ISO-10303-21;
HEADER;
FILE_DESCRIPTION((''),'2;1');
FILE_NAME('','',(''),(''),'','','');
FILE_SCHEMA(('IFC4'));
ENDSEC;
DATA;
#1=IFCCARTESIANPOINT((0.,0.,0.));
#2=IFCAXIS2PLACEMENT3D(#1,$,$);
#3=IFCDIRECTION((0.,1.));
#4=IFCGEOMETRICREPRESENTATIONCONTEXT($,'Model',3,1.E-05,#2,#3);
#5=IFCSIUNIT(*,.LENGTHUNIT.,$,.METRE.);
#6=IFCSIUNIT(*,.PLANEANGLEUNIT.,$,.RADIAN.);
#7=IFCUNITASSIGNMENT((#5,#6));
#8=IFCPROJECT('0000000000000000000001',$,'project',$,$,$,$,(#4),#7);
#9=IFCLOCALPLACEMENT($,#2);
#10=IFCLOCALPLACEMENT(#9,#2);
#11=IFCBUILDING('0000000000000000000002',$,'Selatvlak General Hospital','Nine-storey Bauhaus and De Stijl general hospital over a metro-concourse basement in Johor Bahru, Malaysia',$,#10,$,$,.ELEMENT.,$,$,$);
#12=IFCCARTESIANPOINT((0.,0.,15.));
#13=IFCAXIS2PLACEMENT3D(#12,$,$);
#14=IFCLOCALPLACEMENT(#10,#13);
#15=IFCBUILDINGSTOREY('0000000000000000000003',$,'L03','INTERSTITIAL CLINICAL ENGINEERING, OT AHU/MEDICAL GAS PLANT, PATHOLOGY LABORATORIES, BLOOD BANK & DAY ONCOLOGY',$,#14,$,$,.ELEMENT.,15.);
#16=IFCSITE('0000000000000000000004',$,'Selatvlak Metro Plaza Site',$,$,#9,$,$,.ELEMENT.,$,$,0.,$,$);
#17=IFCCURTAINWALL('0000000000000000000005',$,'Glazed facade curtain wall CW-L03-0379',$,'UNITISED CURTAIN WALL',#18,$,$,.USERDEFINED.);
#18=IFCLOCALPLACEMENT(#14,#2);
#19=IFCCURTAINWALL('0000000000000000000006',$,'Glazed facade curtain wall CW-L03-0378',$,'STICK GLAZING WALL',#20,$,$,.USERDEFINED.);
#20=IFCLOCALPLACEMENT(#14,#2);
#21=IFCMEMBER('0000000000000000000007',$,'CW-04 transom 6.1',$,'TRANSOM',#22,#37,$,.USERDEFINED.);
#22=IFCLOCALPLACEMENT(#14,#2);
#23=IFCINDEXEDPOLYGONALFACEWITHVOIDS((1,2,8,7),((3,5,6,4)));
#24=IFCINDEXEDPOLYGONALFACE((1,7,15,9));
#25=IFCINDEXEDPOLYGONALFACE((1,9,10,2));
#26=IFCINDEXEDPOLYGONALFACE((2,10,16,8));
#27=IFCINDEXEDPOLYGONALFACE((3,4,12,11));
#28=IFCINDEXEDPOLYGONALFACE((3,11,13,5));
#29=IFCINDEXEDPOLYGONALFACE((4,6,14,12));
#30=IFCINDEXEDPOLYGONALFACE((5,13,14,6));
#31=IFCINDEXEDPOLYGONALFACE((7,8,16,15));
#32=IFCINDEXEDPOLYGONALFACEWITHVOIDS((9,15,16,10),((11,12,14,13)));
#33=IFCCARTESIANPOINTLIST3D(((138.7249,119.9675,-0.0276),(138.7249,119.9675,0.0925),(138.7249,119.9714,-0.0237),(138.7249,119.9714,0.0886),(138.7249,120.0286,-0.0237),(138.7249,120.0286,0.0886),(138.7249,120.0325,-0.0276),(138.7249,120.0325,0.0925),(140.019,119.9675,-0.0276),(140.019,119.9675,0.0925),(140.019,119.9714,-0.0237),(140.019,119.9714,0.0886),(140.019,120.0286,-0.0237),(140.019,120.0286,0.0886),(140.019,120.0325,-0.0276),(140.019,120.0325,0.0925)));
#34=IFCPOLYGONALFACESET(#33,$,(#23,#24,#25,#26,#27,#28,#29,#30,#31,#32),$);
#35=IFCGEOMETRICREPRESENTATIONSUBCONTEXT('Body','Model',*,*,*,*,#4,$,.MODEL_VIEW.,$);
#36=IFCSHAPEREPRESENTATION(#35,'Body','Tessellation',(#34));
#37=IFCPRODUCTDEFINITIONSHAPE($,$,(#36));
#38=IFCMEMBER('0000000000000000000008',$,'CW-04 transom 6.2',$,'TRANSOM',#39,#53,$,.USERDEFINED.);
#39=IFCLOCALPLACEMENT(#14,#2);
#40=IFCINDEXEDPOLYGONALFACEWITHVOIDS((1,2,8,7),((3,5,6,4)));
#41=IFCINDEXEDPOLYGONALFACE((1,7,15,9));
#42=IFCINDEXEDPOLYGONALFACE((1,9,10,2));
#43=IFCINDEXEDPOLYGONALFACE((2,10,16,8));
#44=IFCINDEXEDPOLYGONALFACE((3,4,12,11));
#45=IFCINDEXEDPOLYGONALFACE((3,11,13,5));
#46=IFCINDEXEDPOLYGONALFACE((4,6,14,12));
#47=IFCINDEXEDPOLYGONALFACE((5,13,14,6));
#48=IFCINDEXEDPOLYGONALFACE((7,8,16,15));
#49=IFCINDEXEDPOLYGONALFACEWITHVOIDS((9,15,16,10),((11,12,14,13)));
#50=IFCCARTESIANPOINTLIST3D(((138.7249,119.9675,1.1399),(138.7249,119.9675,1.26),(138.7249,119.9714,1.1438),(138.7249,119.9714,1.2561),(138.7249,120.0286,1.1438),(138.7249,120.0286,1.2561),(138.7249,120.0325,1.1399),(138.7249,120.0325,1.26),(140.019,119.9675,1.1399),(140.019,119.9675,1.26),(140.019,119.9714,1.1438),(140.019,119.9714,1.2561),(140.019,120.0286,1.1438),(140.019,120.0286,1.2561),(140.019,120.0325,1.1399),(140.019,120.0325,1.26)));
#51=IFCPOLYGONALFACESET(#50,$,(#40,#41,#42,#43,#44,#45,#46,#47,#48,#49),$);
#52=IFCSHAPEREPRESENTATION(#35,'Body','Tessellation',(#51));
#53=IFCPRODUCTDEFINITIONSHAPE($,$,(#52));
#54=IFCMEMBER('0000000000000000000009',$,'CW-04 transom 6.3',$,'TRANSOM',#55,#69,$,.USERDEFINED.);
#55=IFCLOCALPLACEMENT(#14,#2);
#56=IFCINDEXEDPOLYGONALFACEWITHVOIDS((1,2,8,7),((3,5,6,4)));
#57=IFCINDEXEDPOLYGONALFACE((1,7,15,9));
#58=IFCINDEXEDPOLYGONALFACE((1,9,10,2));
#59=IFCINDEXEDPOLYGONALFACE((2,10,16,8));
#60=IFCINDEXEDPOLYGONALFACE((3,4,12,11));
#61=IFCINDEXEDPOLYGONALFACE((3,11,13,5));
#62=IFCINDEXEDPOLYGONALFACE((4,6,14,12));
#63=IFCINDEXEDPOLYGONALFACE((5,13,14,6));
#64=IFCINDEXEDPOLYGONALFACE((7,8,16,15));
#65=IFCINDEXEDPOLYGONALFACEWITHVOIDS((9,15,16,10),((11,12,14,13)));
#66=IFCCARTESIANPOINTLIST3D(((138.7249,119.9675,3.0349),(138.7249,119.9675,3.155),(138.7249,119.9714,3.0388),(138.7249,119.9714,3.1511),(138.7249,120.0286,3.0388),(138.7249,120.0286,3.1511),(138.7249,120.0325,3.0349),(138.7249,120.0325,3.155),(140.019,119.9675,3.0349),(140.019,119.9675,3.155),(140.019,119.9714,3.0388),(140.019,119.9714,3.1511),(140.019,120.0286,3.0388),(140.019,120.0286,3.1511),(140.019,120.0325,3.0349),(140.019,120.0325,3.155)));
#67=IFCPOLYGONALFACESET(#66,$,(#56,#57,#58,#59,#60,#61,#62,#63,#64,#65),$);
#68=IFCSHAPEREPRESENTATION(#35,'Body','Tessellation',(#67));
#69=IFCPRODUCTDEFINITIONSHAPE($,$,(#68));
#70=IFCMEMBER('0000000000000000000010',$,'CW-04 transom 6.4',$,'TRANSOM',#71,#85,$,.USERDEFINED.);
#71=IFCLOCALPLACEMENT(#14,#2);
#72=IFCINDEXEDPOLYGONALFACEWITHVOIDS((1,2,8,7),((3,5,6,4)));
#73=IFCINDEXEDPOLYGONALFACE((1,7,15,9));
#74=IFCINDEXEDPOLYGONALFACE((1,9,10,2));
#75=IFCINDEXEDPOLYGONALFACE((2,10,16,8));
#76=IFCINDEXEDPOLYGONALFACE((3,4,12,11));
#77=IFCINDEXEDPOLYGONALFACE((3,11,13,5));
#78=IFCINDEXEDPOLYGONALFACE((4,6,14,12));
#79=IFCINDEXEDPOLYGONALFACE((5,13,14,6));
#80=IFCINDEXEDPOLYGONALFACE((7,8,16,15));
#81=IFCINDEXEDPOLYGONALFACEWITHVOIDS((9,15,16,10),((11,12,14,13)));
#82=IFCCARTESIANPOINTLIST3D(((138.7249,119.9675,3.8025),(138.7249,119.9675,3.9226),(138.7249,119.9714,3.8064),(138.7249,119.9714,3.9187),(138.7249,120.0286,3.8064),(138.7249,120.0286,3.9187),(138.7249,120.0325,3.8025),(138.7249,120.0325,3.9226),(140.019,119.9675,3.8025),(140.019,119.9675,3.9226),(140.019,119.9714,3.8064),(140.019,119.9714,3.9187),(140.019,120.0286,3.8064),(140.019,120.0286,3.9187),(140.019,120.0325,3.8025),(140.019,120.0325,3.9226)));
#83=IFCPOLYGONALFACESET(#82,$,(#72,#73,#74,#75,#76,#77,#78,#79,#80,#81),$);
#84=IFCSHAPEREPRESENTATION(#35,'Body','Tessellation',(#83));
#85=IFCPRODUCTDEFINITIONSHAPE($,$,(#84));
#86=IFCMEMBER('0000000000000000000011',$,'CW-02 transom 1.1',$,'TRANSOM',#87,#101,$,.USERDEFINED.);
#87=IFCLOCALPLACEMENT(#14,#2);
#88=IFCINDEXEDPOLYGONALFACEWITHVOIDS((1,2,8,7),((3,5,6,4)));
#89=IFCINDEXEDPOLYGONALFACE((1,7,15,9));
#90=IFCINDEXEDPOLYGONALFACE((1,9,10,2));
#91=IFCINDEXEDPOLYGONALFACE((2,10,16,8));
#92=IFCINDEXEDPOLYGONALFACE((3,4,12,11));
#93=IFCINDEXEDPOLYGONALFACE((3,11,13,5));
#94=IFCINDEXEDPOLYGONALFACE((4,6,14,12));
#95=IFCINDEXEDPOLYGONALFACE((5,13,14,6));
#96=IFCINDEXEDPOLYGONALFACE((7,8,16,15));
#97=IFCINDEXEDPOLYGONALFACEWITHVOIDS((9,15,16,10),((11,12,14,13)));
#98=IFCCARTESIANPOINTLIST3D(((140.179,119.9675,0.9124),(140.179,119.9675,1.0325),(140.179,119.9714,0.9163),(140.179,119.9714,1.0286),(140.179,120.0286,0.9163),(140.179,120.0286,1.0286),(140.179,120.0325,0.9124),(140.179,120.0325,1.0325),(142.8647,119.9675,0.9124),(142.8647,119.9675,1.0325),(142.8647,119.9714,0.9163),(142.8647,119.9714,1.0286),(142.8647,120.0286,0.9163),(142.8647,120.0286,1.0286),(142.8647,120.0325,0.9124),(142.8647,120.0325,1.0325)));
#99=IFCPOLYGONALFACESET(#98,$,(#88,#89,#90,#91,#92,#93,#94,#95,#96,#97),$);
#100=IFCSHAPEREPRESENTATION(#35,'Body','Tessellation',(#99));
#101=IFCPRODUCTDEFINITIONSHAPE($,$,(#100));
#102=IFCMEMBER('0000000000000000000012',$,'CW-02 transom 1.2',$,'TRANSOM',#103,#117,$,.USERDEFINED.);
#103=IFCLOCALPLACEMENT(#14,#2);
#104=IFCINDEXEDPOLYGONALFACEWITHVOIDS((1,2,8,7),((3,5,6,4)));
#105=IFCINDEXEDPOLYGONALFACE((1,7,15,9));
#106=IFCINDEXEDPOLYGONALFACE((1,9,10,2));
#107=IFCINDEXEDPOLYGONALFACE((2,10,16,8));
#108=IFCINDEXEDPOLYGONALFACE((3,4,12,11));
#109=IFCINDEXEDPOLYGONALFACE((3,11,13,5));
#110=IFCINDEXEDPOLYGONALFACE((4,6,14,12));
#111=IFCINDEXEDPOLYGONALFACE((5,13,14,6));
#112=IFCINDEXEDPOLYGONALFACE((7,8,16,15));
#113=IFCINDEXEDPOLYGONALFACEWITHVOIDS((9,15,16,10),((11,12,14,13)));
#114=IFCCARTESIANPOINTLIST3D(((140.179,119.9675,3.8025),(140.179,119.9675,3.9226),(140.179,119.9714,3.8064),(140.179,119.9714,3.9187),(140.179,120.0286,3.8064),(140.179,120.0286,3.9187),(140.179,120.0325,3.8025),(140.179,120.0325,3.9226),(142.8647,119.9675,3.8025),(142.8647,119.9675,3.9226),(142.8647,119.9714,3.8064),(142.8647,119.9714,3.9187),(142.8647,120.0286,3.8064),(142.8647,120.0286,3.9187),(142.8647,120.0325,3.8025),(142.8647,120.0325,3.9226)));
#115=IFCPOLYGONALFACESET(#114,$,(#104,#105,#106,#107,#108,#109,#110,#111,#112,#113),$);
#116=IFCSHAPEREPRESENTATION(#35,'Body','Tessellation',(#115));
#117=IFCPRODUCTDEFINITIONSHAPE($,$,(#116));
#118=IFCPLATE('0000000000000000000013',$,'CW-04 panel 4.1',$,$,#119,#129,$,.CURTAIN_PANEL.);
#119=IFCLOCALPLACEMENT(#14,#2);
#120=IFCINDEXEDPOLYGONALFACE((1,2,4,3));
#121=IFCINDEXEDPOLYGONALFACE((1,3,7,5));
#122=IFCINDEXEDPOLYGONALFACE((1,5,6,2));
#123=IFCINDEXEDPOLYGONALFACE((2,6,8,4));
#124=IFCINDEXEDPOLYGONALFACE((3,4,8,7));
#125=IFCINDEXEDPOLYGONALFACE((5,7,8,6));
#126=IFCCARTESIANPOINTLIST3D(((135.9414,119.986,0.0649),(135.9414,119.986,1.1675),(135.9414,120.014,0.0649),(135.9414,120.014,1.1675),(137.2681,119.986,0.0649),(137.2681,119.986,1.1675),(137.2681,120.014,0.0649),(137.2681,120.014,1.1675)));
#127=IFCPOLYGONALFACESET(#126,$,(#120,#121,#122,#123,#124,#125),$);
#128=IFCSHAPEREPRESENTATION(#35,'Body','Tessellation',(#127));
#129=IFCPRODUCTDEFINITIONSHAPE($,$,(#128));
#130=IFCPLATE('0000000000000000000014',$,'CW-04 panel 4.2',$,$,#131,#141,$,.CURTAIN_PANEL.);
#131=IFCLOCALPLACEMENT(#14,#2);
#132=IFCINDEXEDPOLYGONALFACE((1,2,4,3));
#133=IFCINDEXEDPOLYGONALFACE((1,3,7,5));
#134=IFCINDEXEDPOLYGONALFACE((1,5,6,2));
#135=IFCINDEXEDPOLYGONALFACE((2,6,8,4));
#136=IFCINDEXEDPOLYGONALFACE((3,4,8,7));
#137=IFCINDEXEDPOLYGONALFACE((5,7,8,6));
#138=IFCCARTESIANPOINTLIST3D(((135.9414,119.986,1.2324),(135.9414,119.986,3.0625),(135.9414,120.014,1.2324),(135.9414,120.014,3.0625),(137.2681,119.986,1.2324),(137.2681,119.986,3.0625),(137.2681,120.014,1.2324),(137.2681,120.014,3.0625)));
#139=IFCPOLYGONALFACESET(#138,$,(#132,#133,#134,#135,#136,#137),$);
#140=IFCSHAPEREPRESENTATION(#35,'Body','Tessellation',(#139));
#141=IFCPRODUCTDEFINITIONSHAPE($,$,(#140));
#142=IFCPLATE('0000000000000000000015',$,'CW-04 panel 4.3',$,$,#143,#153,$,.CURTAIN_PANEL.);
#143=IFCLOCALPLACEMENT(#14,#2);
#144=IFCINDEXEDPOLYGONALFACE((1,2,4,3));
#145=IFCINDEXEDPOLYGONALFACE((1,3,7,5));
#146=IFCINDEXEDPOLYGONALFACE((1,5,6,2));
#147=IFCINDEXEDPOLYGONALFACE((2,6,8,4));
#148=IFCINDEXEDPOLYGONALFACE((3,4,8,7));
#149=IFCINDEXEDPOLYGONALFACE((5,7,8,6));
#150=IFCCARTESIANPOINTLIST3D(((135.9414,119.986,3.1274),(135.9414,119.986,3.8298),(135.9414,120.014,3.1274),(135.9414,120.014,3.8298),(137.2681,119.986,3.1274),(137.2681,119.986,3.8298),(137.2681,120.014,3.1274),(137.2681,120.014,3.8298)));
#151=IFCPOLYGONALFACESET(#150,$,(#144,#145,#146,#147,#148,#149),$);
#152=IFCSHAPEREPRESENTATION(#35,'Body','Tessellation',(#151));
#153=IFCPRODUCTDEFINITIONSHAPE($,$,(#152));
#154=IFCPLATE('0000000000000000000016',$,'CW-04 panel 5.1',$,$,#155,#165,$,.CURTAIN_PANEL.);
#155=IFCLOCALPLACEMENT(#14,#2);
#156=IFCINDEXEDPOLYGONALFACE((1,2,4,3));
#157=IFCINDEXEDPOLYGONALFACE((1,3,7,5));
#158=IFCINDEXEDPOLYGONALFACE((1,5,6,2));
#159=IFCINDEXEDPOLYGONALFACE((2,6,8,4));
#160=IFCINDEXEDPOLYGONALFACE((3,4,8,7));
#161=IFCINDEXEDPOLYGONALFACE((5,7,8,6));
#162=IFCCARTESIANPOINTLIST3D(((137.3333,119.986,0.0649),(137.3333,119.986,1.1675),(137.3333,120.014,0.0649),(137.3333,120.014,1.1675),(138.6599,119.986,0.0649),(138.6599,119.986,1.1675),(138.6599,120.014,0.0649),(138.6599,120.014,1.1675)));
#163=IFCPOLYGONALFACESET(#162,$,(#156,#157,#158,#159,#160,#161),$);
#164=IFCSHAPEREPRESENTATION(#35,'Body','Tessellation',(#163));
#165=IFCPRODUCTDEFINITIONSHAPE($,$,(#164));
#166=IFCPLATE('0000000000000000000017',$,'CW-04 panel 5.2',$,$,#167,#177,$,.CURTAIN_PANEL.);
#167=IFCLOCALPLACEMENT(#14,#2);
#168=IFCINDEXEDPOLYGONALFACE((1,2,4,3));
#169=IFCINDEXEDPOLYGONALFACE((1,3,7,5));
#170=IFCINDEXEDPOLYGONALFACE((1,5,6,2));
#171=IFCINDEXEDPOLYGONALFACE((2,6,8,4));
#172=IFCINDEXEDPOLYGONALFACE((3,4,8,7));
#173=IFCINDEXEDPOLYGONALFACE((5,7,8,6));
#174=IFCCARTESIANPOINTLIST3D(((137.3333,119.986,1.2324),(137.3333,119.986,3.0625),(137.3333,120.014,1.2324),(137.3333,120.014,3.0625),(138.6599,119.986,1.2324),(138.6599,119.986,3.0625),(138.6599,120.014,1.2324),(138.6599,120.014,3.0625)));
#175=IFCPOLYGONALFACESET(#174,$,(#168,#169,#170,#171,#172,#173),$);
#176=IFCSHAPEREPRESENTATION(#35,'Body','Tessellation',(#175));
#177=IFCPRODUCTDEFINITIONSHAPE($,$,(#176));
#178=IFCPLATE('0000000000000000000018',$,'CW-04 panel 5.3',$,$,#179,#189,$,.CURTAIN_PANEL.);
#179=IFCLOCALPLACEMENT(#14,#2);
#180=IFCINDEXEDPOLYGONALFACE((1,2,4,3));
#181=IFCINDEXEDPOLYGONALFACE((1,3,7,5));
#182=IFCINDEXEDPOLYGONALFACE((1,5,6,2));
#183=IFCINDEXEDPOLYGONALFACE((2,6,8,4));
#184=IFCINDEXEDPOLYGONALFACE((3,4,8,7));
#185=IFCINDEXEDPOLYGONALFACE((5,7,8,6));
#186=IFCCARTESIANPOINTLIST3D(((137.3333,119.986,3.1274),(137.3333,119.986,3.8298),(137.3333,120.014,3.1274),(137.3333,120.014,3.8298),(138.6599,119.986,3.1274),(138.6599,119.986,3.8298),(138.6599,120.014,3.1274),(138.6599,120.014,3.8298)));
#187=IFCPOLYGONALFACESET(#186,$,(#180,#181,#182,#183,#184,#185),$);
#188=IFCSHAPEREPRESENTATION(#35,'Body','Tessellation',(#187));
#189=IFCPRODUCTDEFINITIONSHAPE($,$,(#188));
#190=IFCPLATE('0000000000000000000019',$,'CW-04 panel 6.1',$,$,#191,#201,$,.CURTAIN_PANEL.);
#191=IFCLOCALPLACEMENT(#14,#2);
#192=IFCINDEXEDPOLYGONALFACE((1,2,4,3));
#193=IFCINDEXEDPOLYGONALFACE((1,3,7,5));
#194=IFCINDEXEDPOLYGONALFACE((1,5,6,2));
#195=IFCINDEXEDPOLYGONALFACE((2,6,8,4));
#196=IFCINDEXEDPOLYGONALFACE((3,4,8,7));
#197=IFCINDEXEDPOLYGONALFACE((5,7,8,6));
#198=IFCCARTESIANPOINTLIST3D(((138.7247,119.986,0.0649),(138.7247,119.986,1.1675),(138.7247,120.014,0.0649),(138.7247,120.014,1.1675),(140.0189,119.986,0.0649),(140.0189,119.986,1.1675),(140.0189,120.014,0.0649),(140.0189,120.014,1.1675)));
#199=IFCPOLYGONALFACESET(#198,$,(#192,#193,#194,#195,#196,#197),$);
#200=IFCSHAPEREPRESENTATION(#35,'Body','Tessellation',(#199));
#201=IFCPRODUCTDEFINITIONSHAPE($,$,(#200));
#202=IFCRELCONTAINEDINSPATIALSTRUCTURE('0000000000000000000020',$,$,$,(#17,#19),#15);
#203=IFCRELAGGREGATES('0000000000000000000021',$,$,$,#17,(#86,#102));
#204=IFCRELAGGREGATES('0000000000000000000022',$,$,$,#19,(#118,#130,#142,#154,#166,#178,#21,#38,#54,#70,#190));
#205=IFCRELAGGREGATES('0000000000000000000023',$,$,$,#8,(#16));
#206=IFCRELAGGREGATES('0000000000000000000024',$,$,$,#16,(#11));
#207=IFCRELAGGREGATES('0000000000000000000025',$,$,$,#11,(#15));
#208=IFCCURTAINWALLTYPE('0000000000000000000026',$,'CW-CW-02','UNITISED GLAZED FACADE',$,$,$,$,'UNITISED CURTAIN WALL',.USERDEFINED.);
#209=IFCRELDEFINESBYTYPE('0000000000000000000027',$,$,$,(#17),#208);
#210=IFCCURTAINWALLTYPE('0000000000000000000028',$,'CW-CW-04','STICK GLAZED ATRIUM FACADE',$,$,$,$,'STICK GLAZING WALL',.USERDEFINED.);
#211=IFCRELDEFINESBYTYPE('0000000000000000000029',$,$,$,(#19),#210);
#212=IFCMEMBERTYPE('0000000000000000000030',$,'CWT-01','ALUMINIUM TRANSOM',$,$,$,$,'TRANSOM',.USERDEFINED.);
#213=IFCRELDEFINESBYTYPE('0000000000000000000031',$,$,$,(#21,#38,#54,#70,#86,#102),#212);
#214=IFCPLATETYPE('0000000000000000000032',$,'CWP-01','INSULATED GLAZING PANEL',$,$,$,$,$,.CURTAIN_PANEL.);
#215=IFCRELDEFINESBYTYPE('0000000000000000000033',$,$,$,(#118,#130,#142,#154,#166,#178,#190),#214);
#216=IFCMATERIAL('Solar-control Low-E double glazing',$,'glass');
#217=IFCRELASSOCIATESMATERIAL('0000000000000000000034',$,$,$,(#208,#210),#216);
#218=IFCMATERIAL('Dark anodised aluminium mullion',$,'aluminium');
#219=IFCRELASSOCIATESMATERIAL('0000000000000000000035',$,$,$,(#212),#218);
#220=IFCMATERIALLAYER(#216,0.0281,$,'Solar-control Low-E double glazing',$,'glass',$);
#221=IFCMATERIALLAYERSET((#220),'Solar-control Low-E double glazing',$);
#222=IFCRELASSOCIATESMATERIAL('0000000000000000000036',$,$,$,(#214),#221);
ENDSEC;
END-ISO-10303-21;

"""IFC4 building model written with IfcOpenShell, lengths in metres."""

from ifc_helpers import new_model, si_unit, direction, frame, origin, origin_2d, place, context, subcontext, project, spatial, rectangle, hollow_rectangle, extrude, material, layer, layer_set, material_profile, profile_set, type_object, element, aggregate, save


model = new_model("IFC4")

# Units and contexts
model_context = context("Model", 3, precision=1e-05, world=origin(), true_north=direction((0.0, 1.0)))
body_context = subcontext(model_context, "Body", "Model", "MODEL_VIEW")
ifc_project = project(units=[si_unit("LENGTHUNIT", "METRE"), si_unit("PLANEANGLEUNIT", "RADIAN")], contexts=[model_context])

# Site, building, storey
site_placement = place(None, origin())
site = spatial("IfcSite", under=ifc_project, at=site_placement, Name="Selatvlak Metro Plaza Site", CompositionType="ELEMENT", RefElevation=0.0)
building_placement = place(site_placement, origin())
building = spatial("IfcBuilding", under=site, at=building_placement, Name="Selatvlak General Hospital", Description="Nine-storey Bauhaus and De Stijl general hospital over a metro-concourse basement in Johor Bahru, Malaysia", CompositionType="ELEMENT")
storey_placement = place(building_placement, frame((0.0, 0.0, 15.0)))
storey = spatial("IfcBuildingStorey", under=building, at=storey_placement, Name="L03", Description="INTERSTITIAL CLINICAL ENGINEERING, OT AHU/MEDICAL GAS PLANT, PATHOLOGY LABORATORIES, BLOOD BANK & DAY ONCOLOGY", CompositionType="ELEMENT", Elevation=15.0)

# Curtain wall
ifc_material_1 = material(Name="Solar-control Low-E double glazing", Category="glass")
curtain_wall_type_1 = type_object("IfcCurtainWallType", Name="CW-CW-02", Description="UNITISED GLAZED FACADE", ElementType="UNITISED CURTAIN WALL", PredefinedType="USERDEFINED", material=ifc_material_1)
curtain_wall_1_placement = place(storey_placement, origin())
curtain_wall_1 = element("IfcCurtainWall", 1, at=curtain_wall_1_placement, inside=storey, type_object=curtain_wall_type_1, Name="Glazed facade curtain wall CW-L03-0379", ObjectType="UNITISED CURTAIN WALL", PredefinedType="USERDEFINED")
ifc_material_2 = material(Name="Dark anodised aluminium mullion", Category="aluminium")

# Curtain wall, members
curtain_wall_type_2 = type_object("IfcCurtainWallType", Name="CW-CW-04", Description="STICK GLAZED ATRIUM FACADE", ElementType="STICK GLAZING WALL", PredefinedType="USERDEFINED", material=ifc_material_1)
curtain_wall_2_placement = place(storey_placement, origin())
curtain_wall_2 = element("IfcCurtainWall", 2, at=curtain_wall_2_placement, inside=storey, type_object=curtain_wall_type_2, Name="Glazed facade curtain wall CW-L03-0378", ObjectType="STICK GLAZING WALL", PredefinedType="USERDEFINED")
ifc_material_profile_1 = material_profile(ifc_material_2, hollow_rectangle(XDim=0.0649, YDim=0.1201, WallThickness=0.0039, at=origin_2d()), Name="AL-TRN 65x120x4")
ifc_profile_set_1 = profile_set([ifc_material_profile_1], Name="Dark anodised aluminium mullion")
member_type_1 = type_object("IfcMemberType", Name="CWT-01", Description="ALUMINIUM TRANSOM", ElementType="TRANSOM", PredefinedType="USERDEFINED", material=ifc_profile_set_1)
member_1_placement = place(storey_placement, frame((138.7249, 120.0, 0.0325), z_axis=(1.0, 0.0, 0.0), x_axis=(0.0, 1.0, 0.0)))
member_1 = element("IfcMember", 3, at=member_1_placement, type_object=member_type_1, Name="CW-04 transom 6.1", ObjectType="TRANSOM", PredefinedType="USERDEFINED", context=body_context, shape_type="SweptSolid", body=[
    extrude(hollow_rectangle(XDim=0.0649, YDim=0.1201, WallThickness=0.0039, at=origin_2d()), origin(), (0.0, 0.0, 1.0), 1.2942),
])
member_2_placement = place(storey_placement, frame((138.7249, 120.0, 1.2), z_axis=(1.0, 0.0, 0.0), x_axis=(0.0, 1.0, 0.0)))
member_2 = element("IfcMember", 4, at=member_2_placement, type_object=member_type_1, Name="CW-04 transom 6.2", ObjectType="TRANSOM", PredefinedType="USERDEFINED", context=body_context, shape_type="SweptSolid", body=[
    extrude(hollow_rectangle(XDim=0.0649, YDim=0.1201, WallThickness=0.0039, at=origin_2d()), origin(), (0.0, 0.0, 1.0), 1.2942),
])
member_3_placement = place(storey_placement, frame((138.7249, 120.0, 3.095), z_axis=(1.0, 0.0, 0.0), x_axis=(0.0, 1.0, 0.0)))
member_3 = element("IfcMember", 5, at=member_3_placement, type_object=member_type_1, Name="CW-04 transom 6.3", ObjectType="TRANSOM", PredefinedType="USERDEFINED", context=body_context, shape_type="SweptSolid", body=[
    extrude(hollow_rectangle(XDim=0.0649, YDim=0.1201, WallThickness=0.0039, at=origin_2d()), origin(), (0.0, 0.0, 1.0), 1.2942),
])
member_4_placement = place(storey_placement, frame((138.7249, 120.0, 3.8625), z_axis=(1.0, 0.0, 0.0), x_axis=(0.0, 1.0, 0.0)))
member_4 = element("IfcMember", 6, at=member_4_placement, type_object=member_type_1, Name="CW-04 transom 6.4", ObjectType="TRANSOM", PredefinedType="USERDEFINED", context=body_context, shape_type="SweptSolid", body=[
    extrude(hollow_rectangle(XDim=0.0649, YDim=0.1201, WallThickness=0.0039, at=origin_2d()), origin(), (0.0, 0.0, 1.0), 1.2942),
])

# Members
member_5_placement = place(storey_placement, frame((140.179, 120.0, 0.9724), z_axis=(1.0, 0.0, 0.0), x_axis=(0.0, 1.0, 0.0)))
member_5 = element("IfcMember", 7, at=member_5_placement, type_object=member_type_1, Name="CW-02 transom 1.1", ObjectType="TRANSOM", PredefinedType="USERDEFINED", context=body_context, shape_type="SweptSolid", body=[
    extrude(hollow_rectangle(XDim=0.0649, YDim=0.1201, WallThickness=0.0039, at=origin_2d()), origin(), (0.0, 0.0, 1.0), 2.6858),
])
member_6_placement = place(storey_placement, frame((140.179, 120.0, 3.8625), z_axis=(1.0, 0.0, 0.0), x_axis=(0.0, 1.0, 0.0)))
member_6 = element("IfcMember", 8, at=member_6_placement, type_object=member_type_1, Name="CW-02 transom 1.2", ObjectType="TRANSOM", PredefinedType="USERDEFINED", context=body_context, shape_type="SweptSolid", body=[
    extrude(hollow_rectangle(XDim=0.0649, YDim=0.1201, WallThickness=0.0039, at=origin_2d()), origin(), (0.0, 0.0, 1.0), 2.6858),
])
aggregate(curtain_wall_1, [member_5, member_6])

# Plates
ifc_layer_1 = layer(ifc_material_1, 0.0281, Name="Solar-control Low-E double glazing", Category="glass")
ifc_layer_set_1 = layer_set([ifc_layer_1], Name="Solar-control Low-E double glazing")
plate_type = type_object("IfcPlateType", Name="CWP-01", Description="INSULATED GLAZING PANEL", PredefinedType="CURTAIN_PANEL", material=ifc_layer_set_1)
plate_1_placement = place(storey_placement, frame((136.6047, 120.0, 0.0649), z_axis=(0.0, 0.0, 1.0), x_axis=(1.0, 0.0, 0.0)))
plate_1 = element("IfcPlate", 9, at=plate_1_placement, type_object=plate_type, Name="CW-04 panel 4.1", PredefinedType="CURTAIN_PANEL", context=body_context, shape_type="SweptSolid", body=[
    extrude(rectangle(XDim=1.3267, YDim=0.0281, at=origin_2d()), origin(), (0.0, 0.0, 1.0), 1.1025),
])
plate_2_placement = place(storey_placement, frame((136.6047, 120.0, 1.2324), z_axis=(0.0, 0.0, 1.0), x_axis=(1.0, 0.0, 0.0)))
plate_2 = element("IfcPlate", 10, at=plate_2_placement, type_object=plate_type, Name="CW-04 panel 4.2", PredefinedType="CURTAIN_PANEL", context=body_context, shape_type="SweptSolid", body=[
    extrude(rectangle(XDim=1.3267, YDim=0.0281, at=origin_2d()), origin(), (0.0, 0.0, 1.0), 1.8301),
])
plate_3_placement = place(storey_placement, frame((136.6047, 120.0, 3.1274), z_axis=(0.0, 0.0, 1.0), x_axis=(1.0, 0.0, 0.0)))
plate_3 = element("IfcPlate", 11, at=plate_3_placement, type_object=plate_type, Name="CW-04 panel 4.3", PredefinedType="CURTAIN_PANEL", context=body_context, shape_type="SweptSolid", body=[
    extrude(rectangle(XDim=1.3267, YDim=0.0281, at=origin_2d()), origin(), (0.0, 0.0, 1.0), 0.7024),
])
plate_4_placement = place(storey_placement, frame((137.9966, 120.0, 0.0649), z_axis=(0.0, 0.0, 1.0), x_axis=(1.0, 0.0, 0.0)))
plate_4 = element("IfcPlate", 12, at=plate_4_placement, type_object=plate_type, Name="CW-04 panel 5.1", PredefinedType="CURTAIN_PANEL", context=body_context, shape_type="SweptSolid", body=[
    extrude(rectangle(XDim=1.3267, YDim=0.0281, at=origin_2d()), origin(), (0.0, 0.0, 1.0), 1.1025),
])
plate_5_placement = place(storey_placement, frame((137.9966, 120.0, 1.2324), z_axis=(0.0, 0.0, 1.0), x_axis=(1.0, 0.0, 0.0)))
plate_5 = element("IfcPlate", 13, at=plate_5_placement, type_object=plate_type, Name="CW-04 panel 5.2", PredefinedType="CURTAIN_PANEL", context=body_context, shape_type="SweptSolid", body=[
    extrude(rectangle(XDim=1.3267, YDim=0.0281, at=origin_2d()), origin(), (0.0, 0.0, 1.0), 1.8301),
])
plate_6_placement = place(storey_placement, frame((137.9966, 120.0, 3.1274), z_axis=(0.0, 0.0, 1.0), x_axis=(1.0, 0.0, 0.0)))
plate_6 = element("IfcPlate", 14, at=plate_6_placement, type_object=plate_type, Name="CW-04 panel 5.3", PredefinedType="CURTAIN_PANEL", context=body_context, shape_type="SweptSolid", body=[
    extrude(rectangle(XDim=1.3267, YDim=0.0281, at=origin_2d()), origin(), (0.0, 0.0, 1.0), 0.7024),
])
plate_7_placement = place(storey_placement, frame((139.3718, 120.0, 0.0649), z_axis=(0.0, 0.0, 1.0), x_axis=(1.0, 0.0, 0.0)))
plate_7 = element("IfcPlate", 15, at=plate_7_placement, type_object=plate_type, Name="CW-04 panel 6.1", PredefinedType="CURTAIN_PANEL", context=body_context, shape_type="SweptSolid", body=[
    extrude(rectangle(XDim=1.2942, YDim=0.0281, at=origin_2d()), origin(), (0.0, 0.0, 1.0), 1.1025),
])
aggregate(curtain_wall_2, [plate_1, plate_2, plate_3, plate_4, plate_5, plate_6, member_1, member_2, member_3, member_4, plate_7])

save(model, "model.ifc")
